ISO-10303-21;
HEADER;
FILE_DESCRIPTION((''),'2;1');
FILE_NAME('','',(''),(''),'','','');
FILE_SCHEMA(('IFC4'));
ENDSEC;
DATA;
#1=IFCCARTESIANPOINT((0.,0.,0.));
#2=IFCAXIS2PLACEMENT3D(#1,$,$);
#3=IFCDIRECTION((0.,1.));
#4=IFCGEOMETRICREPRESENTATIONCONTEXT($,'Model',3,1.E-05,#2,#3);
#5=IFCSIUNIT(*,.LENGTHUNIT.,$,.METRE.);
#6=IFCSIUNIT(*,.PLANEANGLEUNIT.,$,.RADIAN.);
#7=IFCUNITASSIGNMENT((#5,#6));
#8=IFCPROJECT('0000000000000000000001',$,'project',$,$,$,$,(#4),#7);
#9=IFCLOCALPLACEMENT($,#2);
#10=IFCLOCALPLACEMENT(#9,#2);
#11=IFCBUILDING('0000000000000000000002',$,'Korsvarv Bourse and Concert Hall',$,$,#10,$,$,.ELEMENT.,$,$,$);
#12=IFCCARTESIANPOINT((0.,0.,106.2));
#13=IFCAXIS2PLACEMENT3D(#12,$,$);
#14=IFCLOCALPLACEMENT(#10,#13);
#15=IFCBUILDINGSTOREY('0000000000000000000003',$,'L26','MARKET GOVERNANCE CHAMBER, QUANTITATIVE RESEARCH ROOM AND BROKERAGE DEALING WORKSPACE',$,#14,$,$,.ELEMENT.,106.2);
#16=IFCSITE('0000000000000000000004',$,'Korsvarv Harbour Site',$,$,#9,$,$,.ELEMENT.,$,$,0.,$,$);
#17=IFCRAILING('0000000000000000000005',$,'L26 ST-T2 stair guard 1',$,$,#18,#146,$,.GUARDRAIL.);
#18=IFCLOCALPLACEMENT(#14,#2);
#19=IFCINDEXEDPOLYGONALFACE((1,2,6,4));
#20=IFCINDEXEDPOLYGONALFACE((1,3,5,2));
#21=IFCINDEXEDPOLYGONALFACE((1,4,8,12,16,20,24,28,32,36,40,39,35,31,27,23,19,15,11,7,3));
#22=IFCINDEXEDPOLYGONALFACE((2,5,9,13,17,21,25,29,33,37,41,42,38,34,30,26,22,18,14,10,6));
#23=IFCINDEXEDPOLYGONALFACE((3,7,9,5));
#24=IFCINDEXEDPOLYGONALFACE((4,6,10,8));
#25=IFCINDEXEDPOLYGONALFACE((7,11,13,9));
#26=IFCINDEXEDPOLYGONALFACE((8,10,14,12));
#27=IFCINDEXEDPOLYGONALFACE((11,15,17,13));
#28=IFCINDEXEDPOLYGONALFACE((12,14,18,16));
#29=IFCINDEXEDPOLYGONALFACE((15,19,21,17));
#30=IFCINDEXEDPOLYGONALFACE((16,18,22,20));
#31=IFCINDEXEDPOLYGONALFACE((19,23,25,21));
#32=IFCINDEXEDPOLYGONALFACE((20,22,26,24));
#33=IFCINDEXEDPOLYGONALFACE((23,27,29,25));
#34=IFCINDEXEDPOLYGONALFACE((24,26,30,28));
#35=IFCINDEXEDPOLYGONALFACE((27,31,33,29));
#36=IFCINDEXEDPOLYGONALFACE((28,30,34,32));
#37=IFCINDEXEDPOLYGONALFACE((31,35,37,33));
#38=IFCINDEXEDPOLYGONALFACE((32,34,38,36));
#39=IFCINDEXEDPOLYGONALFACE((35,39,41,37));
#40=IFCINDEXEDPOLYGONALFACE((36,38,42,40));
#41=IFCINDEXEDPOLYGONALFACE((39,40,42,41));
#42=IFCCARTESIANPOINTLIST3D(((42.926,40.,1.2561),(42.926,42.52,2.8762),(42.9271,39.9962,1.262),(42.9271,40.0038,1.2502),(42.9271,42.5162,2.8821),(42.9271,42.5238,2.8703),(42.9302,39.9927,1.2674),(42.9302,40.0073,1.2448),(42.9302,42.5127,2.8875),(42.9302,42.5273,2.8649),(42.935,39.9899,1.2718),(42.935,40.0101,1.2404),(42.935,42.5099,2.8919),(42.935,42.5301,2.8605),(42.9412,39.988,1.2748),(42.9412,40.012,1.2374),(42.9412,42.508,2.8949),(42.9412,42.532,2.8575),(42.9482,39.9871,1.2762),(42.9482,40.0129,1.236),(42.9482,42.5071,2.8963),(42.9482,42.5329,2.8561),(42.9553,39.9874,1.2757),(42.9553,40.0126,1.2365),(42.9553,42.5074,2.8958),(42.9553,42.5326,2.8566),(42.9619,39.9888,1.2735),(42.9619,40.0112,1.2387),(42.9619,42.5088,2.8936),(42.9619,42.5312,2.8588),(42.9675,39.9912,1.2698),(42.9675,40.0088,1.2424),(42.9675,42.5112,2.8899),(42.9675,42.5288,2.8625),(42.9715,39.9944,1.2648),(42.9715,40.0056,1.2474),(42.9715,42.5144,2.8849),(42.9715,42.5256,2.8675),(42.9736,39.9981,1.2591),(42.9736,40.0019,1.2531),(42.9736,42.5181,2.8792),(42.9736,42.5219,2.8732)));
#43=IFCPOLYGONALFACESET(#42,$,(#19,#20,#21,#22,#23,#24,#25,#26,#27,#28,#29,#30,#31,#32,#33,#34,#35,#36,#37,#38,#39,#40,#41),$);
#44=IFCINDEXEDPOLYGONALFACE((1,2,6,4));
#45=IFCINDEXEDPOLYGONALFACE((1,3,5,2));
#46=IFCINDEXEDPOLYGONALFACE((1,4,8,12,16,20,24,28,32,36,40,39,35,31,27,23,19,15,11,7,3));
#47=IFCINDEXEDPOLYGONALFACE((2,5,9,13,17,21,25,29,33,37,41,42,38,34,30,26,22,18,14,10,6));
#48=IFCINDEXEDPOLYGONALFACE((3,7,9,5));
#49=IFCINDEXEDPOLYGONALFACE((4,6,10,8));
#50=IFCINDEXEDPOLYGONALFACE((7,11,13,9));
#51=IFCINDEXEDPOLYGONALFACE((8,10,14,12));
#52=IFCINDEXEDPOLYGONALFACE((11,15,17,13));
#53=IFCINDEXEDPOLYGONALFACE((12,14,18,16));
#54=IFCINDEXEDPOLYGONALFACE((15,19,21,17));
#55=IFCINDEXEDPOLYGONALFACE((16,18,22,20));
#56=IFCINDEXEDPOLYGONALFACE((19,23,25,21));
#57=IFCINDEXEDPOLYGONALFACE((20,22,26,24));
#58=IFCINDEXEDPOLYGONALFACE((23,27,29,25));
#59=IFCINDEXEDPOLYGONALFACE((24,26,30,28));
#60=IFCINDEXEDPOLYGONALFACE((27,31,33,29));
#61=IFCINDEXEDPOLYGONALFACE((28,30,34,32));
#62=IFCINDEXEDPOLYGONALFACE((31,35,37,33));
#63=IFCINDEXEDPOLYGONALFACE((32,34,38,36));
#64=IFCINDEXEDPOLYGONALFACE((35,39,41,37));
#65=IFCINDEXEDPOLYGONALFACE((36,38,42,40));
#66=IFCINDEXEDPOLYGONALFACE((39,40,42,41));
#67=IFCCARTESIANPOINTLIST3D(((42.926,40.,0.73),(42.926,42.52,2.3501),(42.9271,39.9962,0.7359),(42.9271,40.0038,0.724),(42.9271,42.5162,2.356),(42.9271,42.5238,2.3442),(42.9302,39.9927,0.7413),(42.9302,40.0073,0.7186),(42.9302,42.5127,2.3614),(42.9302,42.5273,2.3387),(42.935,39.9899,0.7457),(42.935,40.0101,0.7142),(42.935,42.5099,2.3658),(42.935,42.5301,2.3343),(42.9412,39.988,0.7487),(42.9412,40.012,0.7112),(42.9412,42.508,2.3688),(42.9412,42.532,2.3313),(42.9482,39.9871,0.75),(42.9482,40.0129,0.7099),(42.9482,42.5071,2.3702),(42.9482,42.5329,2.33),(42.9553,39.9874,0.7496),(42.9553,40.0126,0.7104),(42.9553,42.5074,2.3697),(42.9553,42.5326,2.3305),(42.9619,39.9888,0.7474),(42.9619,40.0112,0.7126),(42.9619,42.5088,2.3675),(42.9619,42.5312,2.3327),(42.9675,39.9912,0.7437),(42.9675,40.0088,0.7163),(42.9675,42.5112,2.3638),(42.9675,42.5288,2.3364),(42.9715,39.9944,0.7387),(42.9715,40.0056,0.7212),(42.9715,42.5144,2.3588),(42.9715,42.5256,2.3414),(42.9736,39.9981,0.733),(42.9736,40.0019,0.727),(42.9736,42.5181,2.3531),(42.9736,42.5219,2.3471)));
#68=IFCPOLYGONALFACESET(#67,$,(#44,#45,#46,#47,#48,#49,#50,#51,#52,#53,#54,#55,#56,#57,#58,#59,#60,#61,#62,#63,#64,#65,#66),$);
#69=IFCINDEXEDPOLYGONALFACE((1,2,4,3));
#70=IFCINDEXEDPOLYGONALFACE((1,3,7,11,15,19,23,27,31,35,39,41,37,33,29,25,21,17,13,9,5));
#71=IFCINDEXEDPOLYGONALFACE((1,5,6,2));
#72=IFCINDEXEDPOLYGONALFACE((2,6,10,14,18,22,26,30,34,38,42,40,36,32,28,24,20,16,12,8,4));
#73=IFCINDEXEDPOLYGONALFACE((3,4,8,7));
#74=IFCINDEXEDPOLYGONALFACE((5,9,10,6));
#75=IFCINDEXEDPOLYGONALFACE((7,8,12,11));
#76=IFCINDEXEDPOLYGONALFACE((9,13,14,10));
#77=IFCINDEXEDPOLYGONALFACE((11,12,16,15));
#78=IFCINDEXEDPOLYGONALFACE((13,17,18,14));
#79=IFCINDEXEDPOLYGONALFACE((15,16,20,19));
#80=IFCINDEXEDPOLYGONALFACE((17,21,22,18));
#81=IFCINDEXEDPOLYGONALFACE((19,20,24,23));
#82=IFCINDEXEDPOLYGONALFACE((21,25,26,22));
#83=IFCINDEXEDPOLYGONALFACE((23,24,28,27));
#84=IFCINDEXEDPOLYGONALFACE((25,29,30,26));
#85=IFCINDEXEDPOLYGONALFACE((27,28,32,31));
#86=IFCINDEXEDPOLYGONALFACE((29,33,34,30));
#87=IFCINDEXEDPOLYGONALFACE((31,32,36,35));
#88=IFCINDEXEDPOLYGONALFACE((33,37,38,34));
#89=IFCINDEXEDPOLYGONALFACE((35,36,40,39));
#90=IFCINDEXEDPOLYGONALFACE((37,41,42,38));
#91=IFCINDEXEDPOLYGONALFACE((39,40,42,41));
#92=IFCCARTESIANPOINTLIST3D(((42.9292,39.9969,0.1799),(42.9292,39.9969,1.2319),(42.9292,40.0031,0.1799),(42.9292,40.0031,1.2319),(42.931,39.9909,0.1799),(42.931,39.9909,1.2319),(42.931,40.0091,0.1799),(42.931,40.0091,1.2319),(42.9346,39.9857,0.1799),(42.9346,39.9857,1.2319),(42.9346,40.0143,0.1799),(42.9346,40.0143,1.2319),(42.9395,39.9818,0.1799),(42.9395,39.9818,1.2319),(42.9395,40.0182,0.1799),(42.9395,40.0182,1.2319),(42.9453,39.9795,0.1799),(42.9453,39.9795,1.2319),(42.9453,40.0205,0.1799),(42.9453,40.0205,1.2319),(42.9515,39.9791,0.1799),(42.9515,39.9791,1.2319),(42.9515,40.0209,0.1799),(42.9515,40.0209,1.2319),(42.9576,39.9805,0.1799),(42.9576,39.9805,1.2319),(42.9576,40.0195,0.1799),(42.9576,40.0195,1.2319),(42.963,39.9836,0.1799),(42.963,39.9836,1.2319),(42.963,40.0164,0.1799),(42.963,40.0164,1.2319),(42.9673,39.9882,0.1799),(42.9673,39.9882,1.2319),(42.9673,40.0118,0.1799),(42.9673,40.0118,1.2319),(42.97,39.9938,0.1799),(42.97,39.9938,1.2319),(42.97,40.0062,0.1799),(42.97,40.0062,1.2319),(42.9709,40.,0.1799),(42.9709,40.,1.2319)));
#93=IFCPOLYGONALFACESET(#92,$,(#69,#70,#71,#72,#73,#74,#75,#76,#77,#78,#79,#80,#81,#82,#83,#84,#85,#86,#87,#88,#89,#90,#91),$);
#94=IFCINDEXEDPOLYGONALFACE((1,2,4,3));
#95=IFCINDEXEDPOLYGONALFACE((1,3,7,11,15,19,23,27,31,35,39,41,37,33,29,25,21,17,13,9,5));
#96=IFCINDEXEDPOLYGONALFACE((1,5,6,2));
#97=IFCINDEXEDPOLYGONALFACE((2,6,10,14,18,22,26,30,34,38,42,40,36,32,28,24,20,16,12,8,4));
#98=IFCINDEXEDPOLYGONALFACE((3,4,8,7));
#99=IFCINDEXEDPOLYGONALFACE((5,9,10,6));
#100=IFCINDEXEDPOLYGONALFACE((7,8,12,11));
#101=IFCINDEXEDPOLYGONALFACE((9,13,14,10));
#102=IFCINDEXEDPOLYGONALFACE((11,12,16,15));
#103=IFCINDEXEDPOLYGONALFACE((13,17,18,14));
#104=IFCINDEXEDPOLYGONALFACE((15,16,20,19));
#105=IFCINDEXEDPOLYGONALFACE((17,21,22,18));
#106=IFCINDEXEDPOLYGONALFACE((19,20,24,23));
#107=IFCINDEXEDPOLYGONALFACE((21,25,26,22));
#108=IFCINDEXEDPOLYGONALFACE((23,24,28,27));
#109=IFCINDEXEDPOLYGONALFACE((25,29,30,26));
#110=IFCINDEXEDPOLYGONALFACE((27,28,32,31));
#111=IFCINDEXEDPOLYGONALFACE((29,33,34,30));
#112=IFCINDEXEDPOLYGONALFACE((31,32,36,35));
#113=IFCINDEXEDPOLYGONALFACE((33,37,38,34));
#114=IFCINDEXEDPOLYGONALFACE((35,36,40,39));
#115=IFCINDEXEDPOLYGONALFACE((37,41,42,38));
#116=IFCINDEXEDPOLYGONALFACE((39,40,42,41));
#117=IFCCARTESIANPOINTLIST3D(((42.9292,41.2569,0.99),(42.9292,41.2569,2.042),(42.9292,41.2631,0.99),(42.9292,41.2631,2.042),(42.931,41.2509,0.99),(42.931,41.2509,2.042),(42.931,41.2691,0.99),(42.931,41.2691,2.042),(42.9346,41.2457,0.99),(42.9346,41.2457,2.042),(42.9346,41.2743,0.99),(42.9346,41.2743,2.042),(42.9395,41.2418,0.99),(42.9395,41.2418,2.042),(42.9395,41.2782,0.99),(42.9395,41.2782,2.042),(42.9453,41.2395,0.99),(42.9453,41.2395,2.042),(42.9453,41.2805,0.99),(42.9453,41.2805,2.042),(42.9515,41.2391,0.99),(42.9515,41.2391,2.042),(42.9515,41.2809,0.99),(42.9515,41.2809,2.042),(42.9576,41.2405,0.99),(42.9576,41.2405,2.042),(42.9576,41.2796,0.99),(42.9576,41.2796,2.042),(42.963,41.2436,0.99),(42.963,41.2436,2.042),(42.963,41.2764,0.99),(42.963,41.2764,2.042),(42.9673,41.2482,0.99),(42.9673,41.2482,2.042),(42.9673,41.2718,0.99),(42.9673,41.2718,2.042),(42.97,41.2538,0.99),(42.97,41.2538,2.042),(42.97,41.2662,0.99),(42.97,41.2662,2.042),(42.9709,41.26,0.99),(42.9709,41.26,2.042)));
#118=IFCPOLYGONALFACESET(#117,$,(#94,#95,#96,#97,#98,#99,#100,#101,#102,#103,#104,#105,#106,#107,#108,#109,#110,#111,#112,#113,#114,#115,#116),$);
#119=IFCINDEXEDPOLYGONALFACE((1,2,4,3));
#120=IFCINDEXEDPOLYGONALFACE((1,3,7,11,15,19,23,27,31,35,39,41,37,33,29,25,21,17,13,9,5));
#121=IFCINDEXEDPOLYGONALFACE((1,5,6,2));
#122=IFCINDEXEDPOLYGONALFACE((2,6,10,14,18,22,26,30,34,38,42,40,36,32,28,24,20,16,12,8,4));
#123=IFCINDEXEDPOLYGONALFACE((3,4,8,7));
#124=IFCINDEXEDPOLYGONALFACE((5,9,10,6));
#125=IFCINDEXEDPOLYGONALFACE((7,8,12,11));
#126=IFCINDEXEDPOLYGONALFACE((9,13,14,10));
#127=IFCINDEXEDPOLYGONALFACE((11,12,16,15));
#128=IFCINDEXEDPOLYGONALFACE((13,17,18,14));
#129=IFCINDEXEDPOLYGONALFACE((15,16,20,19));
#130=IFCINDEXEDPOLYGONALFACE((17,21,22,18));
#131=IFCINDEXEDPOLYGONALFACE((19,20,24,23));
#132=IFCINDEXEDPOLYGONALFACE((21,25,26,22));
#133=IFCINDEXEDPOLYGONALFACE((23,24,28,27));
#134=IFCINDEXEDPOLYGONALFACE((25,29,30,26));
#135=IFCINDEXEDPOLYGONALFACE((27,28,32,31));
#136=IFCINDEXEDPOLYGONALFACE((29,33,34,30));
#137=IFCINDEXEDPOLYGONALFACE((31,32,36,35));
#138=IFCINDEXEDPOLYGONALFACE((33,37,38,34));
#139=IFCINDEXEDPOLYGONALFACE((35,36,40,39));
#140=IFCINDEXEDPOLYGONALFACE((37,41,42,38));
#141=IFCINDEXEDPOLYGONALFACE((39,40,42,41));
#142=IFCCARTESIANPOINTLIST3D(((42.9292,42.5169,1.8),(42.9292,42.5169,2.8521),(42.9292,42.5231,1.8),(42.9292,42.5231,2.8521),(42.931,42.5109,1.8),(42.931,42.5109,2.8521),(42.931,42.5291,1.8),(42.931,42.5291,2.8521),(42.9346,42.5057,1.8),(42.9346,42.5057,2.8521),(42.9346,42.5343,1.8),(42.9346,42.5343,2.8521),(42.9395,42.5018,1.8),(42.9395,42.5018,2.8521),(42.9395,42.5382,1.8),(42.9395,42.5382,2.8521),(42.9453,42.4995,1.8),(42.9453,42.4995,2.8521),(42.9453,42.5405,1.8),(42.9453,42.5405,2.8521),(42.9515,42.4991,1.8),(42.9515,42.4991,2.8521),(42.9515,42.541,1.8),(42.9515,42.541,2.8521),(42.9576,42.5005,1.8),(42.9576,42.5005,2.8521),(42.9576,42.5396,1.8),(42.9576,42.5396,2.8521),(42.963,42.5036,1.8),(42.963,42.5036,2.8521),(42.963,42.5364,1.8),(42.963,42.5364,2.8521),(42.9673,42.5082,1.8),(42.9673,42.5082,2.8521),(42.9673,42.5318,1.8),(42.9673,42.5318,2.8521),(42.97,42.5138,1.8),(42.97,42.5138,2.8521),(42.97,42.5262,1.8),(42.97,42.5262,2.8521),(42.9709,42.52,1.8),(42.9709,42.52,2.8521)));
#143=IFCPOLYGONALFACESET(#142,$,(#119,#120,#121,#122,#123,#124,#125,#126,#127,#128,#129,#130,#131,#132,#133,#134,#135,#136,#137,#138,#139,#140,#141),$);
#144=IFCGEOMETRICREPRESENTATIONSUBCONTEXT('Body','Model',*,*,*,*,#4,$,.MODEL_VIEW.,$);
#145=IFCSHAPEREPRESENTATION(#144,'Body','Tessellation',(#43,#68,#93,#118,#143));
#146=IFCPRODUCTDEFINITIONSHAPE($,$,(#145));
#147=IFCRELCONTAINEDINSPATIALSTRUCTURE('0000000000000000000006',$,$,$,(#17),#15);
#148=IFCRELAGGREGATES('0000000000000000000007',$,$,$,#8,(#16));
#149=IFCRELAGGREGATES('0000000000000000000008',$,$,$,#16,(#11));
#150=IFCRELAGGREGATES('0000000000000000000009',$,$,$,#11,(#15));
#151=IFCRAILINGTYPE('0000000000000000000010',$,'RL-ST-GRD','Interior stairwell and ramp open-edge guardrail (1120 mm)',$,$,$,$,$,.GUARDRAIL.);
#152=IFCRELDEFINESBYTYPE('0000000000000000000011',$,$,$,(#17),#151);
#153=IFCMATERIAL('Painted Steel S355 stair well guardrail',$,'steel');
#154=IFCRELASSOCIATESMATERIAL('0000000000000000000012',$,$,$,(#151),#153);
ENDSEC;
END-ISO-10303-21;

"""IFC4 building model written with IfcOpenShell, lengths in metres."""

from ifc_helpers import new_model, si_unit, direction, frame, origin, origin_2d, place, context, subcontext, project, spatial, circle, extrude, material, type_object, element, save


model = new_model("IFC4")

# Units and contexts
model_context = context("Model", 3, precision=1e-05, world=origin(), true_north=direction((0.0, 1.0)))
body_context = subcontext(model_context, "Body", "Model", "MODEL_VIEW")
ifc_project = project(units=[si_unit("LENGTHUNIT", "METRE"), si_unit("PLANEANGLEUNIT", "RADIAN")], contexts=[model_context])

# Site, building, storey
site_placement = place(None, origin())
site = spatial("IfcSite", under=ifc_project, at=site_placement, Name="Korsvarv Harbour Site", CompositionType="ELEMENT", RefElevation=0.0)
building_placement = place(site_placement, origin())
building = spatial("IfcBuilding", under=site, at=building_placement, Name="Korsvarv Bourse and Concert Hall", CompositionType="ELEMENT")
storey_placement = place(building_placement, frame((0.0, 0.0, 106.2)))
storey = spatial("IfcBuildingStorey", under=building, at=storey_placement, Name="L26", Description="MARKET GOVERNANCE CHAMBER, QUANTITATIVE RESEARCH ROOM AND BROKERAGE DEALING WORKSPACE", CompositionType="ELEMENT", Elevation=106.2)

# Railing
ifc_material_1 = material(Name="Painted Steel S355 stair well guardrail", Category="steel")
railing_type_1 = type_object("IfcRailingType", Name="RL-ST-GRD", Description="Interior stairwell and ramp open-edge guardrail (1120 mm)", PredefinedType="GUARDRAIL", material=ifc_material_1)
railing_1_placement = place(storey_placement, frame((42.95, 40.0, 0.1799)))
element("IfcRailing", 1, at=railing_1_placement, inside=storey, type_object=railing_type_1, Name="L26 ST-T2 stair guard 1", PredefinedType="GUARDRAIL", context=body_context, shape_type="SweptSolid", body=[
    extrude(circle(Radius=0.0239, at=origin_2d()), frame((0.0, 0.0, 1.0762), z_axis=(0.0, 0.841163, 0.540782), x_axis=(-1.0, 0.0, 0.0)), (0.0, 0.0, 1.0), 2.9958),
    extrude(circle(Radius=0.0239, at=origin_2d()), frame((0.0, 0.0, 0.55), z_axis=(0.0, 0.841163, 0.540782), x_axis=(-1.0, 0.0, 0.0)), (0.0, 0.0, 1.0), 2.9958),
    extrude(circle(Radius=0.021, at=origin_2d()), origin(), (0.0, 0.0, 1.0), 1.052),
    extrude(circle(Radius=0.021, at=origin_2d()), frame((0.0, 1.26, 0.8101)), (0.0, 0.0, 1.0), 1.052),
    extrude(circle(Radius=0.021, at=origin_2d()), frame((0.0, 2.52, 1.6201)), (0.0, 0.0, 1.0), 1.052),
])

save(model, "model.ifc")
